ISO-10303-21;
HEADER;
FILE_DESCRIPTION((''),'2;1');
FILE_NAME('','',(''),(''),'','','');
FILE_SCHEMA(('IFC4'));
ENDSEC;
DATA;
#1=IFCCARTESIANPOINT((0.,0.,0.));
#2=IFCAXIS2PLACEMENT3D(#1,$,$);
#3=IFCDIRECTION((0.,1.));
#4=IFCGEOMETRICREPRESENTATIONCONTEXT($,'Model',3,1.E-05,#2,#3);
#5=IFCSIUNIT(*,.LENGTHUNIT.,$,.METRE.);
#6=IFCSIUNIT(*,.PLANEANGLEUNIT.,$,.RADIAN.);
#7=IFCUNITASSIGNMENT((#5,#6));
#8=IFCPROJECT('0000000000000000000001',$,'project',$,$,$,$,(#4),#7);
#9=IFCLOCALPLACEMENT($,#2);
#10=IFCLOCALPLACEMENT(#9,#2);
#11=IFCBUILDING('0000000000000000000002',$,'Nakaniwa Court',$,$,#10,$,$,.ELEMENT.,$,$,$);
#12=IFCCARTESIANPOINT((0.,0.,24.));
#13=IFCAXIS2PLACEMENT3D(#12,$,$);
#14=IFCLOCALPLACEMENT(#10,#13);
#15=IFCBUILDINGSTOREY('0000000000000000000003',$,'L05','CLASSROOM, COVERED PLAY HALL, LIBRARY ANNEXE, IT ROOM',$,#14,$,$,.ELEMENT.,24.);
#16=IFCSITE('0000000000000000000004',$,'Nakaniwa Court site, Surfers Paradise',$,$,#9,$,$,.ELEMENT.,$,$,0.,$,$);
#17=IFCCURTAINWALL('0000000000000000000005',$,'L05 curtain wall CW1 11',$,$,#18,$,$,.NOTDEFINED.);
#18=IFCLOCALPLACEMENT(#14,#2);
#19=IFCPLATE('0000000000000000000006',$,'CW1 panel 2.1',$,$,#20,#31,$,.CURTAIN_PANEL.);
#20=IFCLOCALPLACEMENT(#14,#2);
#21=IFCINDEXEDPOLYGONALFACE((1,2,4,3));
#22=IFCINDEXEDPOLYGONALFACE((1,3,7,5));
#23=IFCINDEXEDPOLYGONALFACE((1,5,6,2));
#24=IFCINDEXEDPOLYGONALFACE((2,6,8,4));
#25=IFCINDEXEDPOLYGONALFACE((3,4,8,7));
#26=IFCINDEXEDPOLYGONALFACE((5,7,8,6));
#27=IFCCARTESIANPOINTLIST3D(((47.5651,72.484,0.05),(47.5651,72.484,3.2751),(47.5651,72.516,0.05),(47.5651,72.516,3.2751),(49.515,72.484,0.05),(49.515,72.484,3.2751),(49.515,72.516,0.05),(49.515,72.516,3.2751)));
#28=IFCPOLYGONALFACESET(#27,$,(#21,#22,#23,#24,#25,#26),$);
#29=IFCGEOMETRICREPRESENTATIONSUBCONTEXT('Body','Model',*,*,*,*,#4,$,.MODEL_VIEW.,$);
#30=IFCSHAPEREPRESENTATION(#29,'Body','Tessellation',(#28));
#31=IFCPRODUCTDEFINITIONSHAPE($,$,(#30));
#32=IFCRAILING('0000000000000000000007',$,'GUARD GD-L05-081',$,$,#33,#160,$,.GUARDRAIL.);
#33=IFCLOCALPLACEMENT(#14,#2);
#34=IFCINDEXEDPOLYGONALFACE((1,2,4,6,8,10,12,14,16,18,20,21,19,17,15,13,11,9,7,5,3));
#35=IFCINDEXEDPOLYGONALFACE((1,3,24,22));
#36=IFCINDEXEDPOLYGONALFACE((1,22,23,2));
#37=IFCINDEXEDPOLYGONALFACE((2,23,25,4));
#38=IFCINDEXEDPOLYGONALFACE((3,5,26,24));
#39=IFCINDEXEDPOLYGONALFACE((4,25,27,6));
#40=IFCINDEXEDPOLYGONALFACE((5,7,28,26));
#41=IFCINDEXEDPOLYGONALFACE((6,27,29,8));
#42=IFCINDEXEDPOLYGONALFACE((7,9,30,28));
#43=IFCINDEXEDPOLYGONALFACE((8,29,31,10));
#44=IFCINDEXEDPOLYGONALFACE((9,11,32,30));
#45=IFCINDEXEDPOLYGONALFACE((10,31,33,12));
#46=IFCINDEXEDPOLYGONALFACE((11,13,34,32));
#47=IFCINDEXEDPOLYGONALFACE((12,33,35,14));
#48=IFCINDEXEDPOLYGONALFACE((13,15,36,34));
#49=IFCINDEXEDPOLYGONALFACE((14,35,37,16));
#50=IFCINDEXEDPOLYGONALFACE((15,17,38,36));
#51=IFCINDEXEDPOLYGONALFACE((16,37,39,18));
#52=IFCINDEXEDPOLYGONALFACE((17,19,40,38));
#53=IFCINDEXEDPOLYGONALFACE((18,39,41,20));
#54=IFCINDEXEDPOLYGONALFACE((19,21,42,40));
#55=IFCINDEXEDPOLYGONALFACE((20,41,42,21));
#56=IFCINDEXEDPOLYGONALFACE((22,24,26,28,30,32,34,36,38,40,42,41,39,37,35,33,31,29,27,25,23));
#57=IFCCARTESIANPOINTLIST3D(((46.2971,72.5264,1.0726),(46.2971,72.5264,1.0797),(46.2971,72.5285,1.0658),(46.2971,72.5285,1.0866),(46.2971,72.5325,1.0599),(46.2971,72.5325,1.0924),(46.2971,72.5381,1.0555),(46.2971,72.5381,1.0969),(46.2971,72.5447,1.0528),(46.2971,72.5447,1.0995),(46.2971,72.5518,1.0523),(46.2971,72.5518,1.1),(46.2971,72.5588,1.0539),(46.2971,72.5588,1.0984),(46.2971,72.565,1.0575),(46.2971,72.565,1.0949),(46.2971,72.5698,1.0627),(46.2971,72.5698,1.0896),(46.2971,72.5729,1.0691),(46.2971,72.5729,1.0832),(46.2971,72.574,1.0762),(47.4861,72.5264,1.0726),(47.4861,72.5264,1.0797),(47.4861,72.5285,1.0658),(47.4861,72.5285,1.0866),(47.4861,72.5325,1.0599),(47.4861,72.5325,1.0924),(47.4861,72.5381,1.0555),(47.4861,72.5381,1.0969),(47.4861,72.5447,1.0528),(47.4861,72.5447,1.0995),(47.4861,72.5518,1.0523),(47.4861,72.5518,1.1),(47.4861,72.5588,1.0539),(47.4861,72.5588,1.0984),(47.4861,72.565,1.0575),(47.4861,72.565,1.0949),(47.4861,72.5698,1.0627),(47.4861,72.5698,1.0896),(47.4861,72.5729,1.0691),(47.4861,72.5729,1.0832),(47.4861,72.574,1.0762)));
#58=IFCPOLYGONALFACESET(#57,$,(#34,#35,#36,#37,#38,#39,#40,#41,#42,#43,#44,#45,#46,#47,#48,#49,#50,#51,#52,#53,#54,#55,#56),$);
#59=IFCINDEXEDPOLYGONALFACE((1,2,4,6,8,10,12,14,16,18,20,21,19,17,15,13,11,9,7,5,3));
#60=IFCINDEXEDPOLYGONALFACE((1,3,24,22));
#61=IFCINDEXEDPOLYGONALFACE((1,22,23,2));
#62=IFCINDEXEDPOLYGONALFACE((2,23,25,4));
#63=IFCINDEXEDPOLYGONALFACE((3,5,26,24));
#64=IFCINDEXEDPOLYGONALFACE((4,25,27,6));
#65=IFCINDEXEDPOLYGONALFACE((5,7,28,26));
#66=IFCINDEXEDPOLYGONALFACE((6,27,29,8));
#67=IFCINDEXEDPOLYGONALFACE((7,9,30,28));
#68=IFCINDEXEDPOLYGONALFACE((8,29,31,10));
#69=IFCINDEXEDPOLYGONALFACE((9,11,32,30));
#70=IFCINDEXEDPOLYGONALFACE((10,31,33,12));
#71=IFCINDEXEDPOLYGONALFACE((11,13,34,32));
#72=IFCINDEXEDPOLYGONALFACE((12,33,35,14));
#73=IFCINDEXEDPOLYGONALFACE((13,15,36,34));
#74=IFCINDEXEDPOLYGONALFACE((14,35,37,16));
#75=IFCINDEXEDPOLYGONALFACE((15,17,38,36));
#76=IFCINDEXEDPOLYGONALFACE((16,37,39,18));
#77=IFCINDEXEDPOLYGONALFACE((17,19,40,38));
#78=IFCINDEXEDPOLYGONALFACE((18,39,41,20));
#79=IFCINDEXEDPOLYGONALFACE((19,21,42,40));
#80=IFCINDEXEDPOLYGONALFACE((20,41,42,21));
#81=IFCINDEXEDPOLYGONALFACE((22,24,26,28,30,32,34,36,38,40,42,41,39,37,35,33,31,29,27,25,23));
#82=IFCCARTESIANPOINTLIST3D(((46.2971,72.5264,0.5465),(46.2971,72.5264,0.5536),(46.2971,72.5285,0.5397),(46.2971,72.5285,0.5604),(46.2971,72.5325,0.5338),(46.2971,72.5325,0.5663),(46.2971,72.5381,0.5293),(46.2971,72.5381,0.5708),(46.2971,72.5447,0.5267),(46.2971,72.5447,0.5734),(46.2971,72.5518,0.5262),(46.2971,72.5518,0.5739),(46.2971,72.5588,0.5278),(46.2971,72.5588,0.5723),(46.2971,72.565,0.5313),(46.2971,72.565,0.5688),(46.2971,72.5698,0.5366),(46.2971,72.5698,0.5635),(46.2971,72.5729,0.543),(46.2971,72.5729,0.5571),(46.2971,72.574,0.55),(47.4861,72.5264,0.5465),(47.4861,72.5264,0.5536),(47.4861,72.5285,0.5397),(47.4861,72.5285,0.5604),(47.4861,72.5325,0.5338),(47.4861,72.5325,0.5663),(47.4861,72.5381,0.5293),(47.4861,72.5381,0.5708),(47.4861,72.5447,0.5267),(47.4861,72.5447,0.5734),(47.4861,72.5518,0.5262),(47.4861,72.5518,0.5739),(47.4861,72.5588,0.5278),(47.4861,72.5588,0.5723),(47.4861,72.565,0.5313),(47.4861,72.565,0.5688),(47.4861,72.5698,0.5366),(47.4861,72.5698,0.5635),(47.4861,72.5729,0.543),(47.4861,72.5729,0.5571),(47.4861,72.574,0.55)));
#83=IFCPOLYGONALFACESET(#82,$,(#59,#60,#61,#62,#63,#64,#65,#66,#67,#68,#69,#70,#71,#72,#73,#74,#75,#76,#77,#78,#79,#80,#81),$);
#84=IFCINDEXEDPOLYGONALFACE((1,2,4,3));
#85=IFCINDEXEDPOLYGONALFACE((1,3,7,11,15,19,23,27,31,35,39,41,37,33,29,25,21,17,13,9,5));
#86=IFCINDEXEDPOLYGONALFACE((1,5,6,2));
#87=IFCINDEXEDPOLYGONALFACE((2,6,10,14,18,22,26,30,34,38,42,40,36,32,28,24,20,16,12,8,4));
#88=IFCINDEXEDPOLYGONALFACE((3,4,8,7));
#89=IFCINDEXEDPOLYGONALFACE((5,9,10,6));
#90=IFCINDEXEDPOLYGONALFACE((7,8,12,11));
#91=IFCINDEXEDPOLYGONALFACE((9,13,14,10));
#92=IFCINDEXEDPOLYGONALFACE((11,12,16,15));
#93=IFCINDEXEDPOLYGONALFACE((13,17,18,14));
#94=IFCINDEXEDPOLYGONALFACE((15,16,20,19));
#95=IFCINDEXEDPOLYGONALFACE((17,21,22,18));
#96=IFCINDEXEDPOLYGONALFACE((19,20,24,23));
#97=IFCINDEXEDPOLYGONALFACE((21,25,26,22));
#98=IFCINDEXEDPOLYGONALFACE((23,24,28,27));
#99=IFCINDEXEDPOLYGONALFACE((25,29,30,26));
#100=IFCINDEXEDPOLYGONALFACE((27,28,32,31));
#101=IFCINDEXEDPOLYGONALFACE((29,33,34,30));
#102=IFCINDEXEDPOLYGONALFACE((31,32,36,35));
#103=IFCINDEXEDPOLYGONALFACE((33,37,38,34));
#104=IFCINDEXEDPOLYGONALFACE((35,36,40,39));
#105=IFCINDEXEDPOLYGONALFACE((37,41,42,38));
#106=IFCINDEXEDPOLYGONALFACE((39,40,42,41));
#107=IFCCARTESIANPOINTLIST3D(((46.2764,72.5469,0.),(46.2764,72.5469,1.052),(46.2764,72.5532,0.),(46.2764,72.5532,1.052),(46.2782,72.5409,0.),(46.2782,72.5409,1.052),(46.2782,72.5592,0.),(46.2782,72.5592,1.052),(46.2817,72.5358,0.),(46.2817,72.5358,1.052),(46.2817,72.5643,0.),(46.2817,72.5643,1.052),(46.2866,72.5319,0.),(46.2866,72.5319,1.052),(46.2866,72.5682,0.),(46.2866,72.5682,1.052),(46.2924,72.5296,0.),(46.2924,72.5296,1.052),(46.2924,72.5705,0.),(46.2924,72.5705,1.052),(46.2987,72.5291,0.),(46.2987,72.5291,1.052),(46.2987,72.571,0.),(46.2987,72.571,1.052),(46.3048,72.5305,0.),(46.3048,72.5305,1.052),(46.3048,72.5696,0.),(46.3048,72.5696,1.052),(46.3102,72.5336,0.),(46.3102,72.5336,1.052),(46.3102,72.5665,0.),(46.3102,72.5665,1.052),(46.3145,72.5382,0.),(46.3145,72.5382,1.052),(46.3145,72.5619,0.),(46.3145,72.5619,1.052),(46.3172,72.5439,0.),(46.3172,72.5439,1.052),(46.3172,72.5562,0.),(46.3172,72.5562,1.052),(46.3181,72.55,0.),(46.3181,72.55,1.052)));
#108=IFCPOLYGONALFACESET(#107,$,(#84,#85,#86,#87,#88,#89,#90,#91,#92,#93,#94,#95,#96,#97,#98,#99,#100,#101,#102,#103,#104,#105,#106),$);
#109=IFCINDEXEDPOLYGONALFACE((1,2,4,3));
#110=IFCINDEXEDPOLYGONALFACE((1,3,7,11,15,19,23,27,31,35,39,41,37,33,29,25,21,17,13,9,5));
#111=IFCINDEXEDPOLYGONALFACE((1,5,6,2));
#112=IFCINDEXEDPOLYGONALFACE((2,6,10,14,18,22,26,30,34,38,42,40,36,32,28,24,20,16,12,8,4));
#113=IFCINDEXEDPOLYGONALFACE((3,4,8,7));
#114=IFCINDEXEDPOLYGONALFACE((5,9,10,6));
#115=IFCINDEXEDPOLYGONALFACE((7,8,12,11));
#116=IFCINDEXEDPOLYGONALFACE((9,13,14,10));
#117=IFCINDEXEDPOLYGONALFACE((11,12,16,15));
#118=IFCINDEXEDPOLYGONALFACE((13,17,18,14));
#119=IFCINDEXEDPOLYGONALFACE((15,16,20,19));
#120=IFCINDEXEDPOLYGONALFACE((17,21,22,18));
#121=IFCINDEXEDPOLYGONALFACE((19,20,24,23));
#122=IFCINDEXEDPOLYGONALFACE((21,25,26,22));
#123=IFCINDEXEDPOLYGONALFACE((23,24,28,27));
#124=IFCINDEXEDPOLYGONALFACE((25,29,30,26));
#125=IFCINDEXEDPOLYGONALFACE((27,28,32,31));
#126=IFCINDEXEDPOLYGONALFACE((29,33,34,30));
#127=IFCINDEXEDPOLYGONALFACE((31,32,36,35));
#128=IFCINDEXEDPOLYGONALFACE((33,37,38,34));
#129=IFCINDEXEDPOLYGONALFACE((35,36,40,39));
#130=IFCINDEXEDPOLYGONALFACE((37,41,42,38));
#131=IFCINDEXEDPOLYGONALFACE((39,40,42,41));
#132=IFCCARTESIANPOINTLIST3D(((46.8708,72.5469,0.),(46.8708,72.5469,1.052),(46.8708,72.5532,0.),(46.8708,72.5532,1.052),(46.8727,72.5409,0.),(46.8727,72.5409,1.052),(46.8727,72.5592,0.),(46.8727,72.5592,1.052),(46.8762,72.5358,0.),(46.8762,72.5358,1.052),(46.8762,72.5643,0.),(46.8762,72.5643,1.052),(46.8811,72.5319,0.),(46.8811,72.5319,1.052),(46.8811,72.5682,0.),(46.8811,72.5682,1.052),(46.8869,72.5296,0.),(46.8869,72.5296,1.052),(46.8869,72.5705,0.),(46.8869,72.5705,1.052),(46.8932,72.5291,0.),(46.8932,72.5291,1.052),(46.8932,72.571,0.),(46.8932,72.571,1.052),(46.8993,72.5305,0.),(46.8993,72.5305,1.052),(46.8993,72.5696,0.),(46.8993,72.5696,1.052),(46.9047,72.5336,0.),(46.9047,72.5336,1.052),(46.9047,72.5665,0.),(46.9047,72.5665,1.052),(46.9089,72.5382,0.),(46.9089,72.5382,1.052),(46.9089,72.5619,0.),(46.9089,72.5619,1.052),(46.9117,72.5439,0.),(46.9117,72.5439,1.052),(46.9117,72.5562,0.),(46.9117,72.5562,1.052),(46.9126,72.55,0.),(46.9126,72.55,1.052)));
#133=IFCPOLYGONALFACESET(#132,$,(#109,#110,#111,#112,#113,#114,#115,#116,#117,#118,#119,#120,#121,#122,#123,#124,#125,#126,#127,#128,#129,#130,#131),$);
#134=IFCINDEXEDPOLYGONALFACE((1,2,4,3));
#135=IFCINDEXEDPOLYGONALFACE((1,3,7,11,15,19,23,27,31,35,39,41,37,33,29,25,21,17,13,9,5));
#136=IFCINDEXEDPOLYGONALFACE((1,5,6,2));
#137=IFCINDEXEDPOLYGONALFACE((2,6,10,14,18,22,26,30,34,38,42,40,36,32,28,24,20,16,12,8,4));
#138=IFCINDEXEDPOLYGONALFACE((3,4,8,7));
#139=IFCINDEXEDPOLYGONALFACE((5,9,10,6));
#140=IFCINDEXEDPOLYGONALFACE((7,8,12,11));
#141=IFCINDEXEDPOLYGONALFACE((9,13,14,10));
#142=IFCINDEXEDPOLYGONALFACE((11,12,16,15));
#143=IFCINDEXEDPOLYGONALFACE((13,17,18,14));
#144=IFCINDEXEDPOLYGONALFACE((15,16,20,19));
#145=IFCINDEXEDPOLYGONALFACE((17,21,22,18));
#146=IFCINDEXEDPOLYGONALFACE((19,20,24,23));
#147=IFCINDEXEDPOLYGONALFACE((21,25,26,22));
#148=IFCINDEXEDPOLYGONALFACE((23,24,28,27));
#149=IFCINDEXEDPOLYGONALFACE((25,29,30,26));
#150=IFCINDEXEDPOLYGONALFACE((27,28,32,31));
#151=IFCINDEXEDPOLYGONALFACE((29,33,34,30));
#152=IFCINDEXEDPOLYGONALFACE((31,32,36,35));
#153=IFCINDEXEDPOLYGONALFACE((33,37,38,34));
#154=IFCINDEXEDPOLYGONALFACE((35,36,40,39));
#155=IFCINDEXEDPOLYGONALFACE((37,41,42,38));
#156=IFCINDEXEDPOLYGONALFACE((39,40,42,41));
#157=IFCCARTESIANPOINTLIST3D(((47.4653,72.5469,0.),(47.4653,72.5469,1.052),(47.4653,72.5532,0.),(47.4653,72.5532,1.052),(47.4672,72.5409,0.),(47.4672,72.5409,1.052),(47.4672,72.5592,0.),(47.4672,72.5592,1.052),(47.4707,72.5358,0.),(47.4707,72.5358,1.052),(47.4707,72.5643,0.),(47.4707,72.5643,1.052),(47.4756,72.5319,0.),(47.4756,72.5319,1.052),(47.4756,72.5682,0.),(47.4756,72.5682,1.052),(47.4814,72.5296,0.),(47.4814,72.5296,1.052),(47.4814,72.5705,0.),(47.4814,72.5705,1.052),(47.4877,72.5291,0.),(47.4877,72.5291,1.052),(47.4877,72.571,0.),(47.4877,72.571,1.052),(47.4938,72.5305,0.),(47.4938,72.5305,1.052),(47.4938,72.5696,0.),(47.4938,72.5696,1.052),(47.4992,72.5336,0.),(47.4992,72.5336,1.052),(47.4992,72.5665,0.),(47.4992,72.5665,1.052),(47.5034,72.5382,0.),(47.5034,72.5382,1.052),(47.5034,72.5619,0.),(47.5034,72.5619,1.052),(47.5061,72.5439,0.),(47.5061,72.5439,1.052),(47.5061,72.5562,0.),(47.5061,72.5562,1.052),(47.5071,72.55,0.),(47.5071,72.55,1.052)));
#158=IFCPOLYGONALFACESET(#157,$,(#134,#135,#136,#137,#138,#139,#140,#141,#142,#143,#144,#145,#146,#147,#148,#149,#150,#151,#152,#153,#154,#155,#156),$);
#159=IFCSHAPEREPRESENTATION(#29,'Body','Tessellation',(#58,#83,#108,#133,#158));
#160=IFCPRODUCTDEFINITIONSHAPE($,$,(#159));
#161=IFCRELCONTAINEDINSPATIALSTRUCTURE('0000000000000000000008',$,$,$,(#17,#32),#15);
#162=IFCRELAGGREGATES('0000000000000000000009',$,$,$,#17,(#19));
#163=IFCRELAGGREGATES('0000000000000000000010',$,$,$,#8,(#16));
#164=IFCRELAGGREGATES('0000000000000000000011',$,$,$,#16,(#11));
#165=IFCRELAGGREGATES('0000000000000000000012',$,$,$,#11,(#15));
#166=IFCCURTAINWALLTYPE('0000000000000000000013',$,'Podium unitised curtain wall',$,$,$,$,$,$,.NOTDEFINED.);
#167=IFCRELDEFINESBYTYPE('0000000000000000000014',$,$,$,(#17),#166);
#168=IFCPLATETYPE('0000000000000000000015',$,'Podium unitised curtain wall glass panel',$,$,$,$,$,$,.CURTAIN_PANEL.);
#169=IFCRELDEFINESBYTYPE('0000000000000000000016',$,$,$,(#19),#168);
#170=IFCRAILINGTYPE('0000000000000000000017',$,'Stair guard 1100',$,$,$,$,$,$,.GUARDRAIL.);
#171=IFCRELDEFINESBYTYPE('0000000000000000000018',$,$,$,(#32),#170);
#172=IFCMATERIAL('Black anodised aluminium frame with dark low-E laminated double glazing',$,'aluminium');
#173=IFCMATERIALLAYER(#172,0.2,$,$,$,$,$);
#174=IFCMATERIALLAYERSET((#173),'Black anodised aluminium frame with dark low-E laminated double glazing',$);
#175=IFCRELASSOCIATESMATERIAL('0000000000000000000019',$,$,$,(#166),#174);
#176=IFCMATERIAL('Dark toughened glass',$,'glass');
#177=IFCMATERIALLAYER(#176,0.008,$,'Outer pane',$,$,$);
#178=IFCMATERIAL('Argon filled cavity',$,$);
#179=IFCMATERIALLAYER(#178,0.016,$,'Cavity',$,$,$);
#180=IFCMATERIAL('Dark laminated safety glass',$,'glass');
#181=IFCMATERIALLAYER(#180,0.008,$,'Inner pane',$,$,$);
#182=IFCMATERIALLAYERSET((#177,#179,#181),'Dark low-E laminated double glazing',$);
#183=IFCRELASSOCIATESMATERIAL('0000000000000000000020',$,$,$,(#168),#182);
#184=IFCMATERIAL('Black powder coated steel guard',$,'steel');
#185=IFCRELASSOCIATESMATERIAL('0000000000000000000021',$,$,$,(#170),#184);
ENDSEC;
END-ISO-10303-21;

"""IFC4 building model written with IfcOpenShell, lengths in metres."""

from ifc_helpers import new_model, si_unit, direction, frame, origin, origin_2d, place, context, subcontext, project, spatial, rectangle, circle, extrude, material, layer, layer_set, type_object, element, aggregate, save


model = new_model("IFC4")

# Units and contexts
model_context = context("Model", 3, precision=1e-05, world=origin(), true_north=direction((0.0, 1.0)))
body_context = subcontext(model_context, "Body", "Model", "MODEL_VIEW")
ifc_project = project(units=[si_unit("LENGTHUNIT", "METRE"), si_unit("PLANEANGLEUNIT", "RADIAN")], contexts=[model_context])

# Site, building, storey
site_placement = place(None, origin())
site = spatial("IfcSite", under=ifc_project, at=site_placement, Name="Nakaniwa Court site, Surfers Paradise", CompositionType="ELEMENT", RefElevation=0.0)
building_placement = place(site_placement, origin())
building = spatial("IfcBuilding", under=site, at=building_placement, Name="Nakaniwa Court", CompositionType="ELEMENT")
storey_placement = place(building_placement, frame((0.0, 0.0, 24.0)))
storey = spatial("IfcBuildingStorey", under=building, at=storey_placement, Name="L05", Description="CLASSROOM, COVERED PLAY HALL, LIBRARY ANNEXE, IT ROOM", CompositionType="ELEMENT", Elevation=24.0)

# Curtain wall
ifc_material_1 = material(Name="Black anodised aluminium frame with dark low-E laminated double glazing", Category="aluminium")
ifc_layer_1 = layer(ifc_material_1, 0.2)
ifc_layer_set_1 = layer_set([ifc_layer_1], Name="Black anodised aluminium frame with dark low-E laminated double glazing")
curtain_wall_type = type_object("IfcCurtainWallType", Name="Podium unitised curtain wall", PredefinedType="NOTDEFINED", material=ifc_layer_set_1)
curtain_wall_1_placement = place(storey_placement, origin())
curtain_wall_1 = element("IfcCurtainWall", 1, at=curtain_wall_1_placement, inside=storey, type_object=curtain_wall_type, Name="L05 curtain wall CW1 11", PredefinedType="NOTDEFINED")

# Plate
ifc_material_2 = material(Name="Dark toughened glass", Category="glass")
ifc_layer_2 = layer(ifc_material_2, 0.008, Name="Outer pane")
ifc_material_3 = material(Name="Argon filled cavity")
ifc_layer_3 = layer(ifc_material_3, 0.016, Name="Cavity")
ifc_material_4 = material(Name="Dark laminated safety glass", Category="glass")
ifc_layer_4 = layer(ifc_material_4, 0.008, Name="Inner pane")
ifc_layer_set_2 = layer_set([ifc_layer_2, ifc_layer_3, ifc_layer_4], Name="Dark low-E laminated double glazing")
plate_type = type_object("IfcPlateType", Name="Podium unitised curtain wall glass panel", PredefinedType="CURTAIN_PANEL", material=ifc_layer_set_2)
plate_1_placement = place(storey_placement, frame((48.54, 72.5, 0.05), z_axis=(0.0, 0.0, 1.0), x_axis=(-1.0, 0.0, 0.0)))
plate_1 = element("IfcPlate", 2, at=plate_1_placement, type_object=plate_type, Name="CW1 panel 2.1", PredefinedType="CURTAIN_PANEL", context=body_context, shape_type="SweptSolid", body=[
    extrude(rectangle(XDim=1.95, YDim=0.032, at=origin_2d()), origin(), (0.0, 0.0, 1.0), 3.2251),
])
aggregate(curtain_wall_1, [plate_1])

# Railing
ifc_material_5 = material(Name="Black powder coated steel guard", Category="steel")
railing_type = type_object("IfcRailingType", Name="Stair guard 1100", PredefinedType="GUARDRAIL", material=ifc_material_5)
railing_1_placement = place(storey_placement, frame((46.2971, 72.55, 0.0)))
element("IfcRailing", 3, at=railing_1_placement, inside=storey, type_object=railing_type, Name="GUARD GD-L05-081", PredefinedType="GUARDRAIL", context=body_context, shape_type="SweptSolid", body=[
    extrude(circle(Radius=0.0239, at=origin_2d()), frame((0.0, 0.0, 1.0762), z_axis=(1.0, 0.0, 0.0), x_axis=(0.0, 1.0, 0.0)), (0.0, 0.0, 1.0), 1.189),
    extrude(circle(Radius=0.0239, at=origin_2d()), frame((0.0, 0.0, 0.55), z_axis=(1.0, 0.0, 0.0), x_axis=(0.0, 1.0, 0.0)), (0.0, 0.0, 1.0), 1.189),
    extrude(circle(Radius=0.021, at=origin_2d()), origin(), (0.0, 0.0, 1.0), 1.052),
    extrude(circle(Radius=0.021, at=origin_2d()), frame((0.5945, 0.0, 0.0)), (0.0, 0.0, 1.0), 1.052),
    extrude(circle(Radius=0.021, at=origin_2d()), frame((1.189, 0.0, 0.0)), (0.0, 0.0, 1.0), 1.052),
])

save(model, "model.ifc")
